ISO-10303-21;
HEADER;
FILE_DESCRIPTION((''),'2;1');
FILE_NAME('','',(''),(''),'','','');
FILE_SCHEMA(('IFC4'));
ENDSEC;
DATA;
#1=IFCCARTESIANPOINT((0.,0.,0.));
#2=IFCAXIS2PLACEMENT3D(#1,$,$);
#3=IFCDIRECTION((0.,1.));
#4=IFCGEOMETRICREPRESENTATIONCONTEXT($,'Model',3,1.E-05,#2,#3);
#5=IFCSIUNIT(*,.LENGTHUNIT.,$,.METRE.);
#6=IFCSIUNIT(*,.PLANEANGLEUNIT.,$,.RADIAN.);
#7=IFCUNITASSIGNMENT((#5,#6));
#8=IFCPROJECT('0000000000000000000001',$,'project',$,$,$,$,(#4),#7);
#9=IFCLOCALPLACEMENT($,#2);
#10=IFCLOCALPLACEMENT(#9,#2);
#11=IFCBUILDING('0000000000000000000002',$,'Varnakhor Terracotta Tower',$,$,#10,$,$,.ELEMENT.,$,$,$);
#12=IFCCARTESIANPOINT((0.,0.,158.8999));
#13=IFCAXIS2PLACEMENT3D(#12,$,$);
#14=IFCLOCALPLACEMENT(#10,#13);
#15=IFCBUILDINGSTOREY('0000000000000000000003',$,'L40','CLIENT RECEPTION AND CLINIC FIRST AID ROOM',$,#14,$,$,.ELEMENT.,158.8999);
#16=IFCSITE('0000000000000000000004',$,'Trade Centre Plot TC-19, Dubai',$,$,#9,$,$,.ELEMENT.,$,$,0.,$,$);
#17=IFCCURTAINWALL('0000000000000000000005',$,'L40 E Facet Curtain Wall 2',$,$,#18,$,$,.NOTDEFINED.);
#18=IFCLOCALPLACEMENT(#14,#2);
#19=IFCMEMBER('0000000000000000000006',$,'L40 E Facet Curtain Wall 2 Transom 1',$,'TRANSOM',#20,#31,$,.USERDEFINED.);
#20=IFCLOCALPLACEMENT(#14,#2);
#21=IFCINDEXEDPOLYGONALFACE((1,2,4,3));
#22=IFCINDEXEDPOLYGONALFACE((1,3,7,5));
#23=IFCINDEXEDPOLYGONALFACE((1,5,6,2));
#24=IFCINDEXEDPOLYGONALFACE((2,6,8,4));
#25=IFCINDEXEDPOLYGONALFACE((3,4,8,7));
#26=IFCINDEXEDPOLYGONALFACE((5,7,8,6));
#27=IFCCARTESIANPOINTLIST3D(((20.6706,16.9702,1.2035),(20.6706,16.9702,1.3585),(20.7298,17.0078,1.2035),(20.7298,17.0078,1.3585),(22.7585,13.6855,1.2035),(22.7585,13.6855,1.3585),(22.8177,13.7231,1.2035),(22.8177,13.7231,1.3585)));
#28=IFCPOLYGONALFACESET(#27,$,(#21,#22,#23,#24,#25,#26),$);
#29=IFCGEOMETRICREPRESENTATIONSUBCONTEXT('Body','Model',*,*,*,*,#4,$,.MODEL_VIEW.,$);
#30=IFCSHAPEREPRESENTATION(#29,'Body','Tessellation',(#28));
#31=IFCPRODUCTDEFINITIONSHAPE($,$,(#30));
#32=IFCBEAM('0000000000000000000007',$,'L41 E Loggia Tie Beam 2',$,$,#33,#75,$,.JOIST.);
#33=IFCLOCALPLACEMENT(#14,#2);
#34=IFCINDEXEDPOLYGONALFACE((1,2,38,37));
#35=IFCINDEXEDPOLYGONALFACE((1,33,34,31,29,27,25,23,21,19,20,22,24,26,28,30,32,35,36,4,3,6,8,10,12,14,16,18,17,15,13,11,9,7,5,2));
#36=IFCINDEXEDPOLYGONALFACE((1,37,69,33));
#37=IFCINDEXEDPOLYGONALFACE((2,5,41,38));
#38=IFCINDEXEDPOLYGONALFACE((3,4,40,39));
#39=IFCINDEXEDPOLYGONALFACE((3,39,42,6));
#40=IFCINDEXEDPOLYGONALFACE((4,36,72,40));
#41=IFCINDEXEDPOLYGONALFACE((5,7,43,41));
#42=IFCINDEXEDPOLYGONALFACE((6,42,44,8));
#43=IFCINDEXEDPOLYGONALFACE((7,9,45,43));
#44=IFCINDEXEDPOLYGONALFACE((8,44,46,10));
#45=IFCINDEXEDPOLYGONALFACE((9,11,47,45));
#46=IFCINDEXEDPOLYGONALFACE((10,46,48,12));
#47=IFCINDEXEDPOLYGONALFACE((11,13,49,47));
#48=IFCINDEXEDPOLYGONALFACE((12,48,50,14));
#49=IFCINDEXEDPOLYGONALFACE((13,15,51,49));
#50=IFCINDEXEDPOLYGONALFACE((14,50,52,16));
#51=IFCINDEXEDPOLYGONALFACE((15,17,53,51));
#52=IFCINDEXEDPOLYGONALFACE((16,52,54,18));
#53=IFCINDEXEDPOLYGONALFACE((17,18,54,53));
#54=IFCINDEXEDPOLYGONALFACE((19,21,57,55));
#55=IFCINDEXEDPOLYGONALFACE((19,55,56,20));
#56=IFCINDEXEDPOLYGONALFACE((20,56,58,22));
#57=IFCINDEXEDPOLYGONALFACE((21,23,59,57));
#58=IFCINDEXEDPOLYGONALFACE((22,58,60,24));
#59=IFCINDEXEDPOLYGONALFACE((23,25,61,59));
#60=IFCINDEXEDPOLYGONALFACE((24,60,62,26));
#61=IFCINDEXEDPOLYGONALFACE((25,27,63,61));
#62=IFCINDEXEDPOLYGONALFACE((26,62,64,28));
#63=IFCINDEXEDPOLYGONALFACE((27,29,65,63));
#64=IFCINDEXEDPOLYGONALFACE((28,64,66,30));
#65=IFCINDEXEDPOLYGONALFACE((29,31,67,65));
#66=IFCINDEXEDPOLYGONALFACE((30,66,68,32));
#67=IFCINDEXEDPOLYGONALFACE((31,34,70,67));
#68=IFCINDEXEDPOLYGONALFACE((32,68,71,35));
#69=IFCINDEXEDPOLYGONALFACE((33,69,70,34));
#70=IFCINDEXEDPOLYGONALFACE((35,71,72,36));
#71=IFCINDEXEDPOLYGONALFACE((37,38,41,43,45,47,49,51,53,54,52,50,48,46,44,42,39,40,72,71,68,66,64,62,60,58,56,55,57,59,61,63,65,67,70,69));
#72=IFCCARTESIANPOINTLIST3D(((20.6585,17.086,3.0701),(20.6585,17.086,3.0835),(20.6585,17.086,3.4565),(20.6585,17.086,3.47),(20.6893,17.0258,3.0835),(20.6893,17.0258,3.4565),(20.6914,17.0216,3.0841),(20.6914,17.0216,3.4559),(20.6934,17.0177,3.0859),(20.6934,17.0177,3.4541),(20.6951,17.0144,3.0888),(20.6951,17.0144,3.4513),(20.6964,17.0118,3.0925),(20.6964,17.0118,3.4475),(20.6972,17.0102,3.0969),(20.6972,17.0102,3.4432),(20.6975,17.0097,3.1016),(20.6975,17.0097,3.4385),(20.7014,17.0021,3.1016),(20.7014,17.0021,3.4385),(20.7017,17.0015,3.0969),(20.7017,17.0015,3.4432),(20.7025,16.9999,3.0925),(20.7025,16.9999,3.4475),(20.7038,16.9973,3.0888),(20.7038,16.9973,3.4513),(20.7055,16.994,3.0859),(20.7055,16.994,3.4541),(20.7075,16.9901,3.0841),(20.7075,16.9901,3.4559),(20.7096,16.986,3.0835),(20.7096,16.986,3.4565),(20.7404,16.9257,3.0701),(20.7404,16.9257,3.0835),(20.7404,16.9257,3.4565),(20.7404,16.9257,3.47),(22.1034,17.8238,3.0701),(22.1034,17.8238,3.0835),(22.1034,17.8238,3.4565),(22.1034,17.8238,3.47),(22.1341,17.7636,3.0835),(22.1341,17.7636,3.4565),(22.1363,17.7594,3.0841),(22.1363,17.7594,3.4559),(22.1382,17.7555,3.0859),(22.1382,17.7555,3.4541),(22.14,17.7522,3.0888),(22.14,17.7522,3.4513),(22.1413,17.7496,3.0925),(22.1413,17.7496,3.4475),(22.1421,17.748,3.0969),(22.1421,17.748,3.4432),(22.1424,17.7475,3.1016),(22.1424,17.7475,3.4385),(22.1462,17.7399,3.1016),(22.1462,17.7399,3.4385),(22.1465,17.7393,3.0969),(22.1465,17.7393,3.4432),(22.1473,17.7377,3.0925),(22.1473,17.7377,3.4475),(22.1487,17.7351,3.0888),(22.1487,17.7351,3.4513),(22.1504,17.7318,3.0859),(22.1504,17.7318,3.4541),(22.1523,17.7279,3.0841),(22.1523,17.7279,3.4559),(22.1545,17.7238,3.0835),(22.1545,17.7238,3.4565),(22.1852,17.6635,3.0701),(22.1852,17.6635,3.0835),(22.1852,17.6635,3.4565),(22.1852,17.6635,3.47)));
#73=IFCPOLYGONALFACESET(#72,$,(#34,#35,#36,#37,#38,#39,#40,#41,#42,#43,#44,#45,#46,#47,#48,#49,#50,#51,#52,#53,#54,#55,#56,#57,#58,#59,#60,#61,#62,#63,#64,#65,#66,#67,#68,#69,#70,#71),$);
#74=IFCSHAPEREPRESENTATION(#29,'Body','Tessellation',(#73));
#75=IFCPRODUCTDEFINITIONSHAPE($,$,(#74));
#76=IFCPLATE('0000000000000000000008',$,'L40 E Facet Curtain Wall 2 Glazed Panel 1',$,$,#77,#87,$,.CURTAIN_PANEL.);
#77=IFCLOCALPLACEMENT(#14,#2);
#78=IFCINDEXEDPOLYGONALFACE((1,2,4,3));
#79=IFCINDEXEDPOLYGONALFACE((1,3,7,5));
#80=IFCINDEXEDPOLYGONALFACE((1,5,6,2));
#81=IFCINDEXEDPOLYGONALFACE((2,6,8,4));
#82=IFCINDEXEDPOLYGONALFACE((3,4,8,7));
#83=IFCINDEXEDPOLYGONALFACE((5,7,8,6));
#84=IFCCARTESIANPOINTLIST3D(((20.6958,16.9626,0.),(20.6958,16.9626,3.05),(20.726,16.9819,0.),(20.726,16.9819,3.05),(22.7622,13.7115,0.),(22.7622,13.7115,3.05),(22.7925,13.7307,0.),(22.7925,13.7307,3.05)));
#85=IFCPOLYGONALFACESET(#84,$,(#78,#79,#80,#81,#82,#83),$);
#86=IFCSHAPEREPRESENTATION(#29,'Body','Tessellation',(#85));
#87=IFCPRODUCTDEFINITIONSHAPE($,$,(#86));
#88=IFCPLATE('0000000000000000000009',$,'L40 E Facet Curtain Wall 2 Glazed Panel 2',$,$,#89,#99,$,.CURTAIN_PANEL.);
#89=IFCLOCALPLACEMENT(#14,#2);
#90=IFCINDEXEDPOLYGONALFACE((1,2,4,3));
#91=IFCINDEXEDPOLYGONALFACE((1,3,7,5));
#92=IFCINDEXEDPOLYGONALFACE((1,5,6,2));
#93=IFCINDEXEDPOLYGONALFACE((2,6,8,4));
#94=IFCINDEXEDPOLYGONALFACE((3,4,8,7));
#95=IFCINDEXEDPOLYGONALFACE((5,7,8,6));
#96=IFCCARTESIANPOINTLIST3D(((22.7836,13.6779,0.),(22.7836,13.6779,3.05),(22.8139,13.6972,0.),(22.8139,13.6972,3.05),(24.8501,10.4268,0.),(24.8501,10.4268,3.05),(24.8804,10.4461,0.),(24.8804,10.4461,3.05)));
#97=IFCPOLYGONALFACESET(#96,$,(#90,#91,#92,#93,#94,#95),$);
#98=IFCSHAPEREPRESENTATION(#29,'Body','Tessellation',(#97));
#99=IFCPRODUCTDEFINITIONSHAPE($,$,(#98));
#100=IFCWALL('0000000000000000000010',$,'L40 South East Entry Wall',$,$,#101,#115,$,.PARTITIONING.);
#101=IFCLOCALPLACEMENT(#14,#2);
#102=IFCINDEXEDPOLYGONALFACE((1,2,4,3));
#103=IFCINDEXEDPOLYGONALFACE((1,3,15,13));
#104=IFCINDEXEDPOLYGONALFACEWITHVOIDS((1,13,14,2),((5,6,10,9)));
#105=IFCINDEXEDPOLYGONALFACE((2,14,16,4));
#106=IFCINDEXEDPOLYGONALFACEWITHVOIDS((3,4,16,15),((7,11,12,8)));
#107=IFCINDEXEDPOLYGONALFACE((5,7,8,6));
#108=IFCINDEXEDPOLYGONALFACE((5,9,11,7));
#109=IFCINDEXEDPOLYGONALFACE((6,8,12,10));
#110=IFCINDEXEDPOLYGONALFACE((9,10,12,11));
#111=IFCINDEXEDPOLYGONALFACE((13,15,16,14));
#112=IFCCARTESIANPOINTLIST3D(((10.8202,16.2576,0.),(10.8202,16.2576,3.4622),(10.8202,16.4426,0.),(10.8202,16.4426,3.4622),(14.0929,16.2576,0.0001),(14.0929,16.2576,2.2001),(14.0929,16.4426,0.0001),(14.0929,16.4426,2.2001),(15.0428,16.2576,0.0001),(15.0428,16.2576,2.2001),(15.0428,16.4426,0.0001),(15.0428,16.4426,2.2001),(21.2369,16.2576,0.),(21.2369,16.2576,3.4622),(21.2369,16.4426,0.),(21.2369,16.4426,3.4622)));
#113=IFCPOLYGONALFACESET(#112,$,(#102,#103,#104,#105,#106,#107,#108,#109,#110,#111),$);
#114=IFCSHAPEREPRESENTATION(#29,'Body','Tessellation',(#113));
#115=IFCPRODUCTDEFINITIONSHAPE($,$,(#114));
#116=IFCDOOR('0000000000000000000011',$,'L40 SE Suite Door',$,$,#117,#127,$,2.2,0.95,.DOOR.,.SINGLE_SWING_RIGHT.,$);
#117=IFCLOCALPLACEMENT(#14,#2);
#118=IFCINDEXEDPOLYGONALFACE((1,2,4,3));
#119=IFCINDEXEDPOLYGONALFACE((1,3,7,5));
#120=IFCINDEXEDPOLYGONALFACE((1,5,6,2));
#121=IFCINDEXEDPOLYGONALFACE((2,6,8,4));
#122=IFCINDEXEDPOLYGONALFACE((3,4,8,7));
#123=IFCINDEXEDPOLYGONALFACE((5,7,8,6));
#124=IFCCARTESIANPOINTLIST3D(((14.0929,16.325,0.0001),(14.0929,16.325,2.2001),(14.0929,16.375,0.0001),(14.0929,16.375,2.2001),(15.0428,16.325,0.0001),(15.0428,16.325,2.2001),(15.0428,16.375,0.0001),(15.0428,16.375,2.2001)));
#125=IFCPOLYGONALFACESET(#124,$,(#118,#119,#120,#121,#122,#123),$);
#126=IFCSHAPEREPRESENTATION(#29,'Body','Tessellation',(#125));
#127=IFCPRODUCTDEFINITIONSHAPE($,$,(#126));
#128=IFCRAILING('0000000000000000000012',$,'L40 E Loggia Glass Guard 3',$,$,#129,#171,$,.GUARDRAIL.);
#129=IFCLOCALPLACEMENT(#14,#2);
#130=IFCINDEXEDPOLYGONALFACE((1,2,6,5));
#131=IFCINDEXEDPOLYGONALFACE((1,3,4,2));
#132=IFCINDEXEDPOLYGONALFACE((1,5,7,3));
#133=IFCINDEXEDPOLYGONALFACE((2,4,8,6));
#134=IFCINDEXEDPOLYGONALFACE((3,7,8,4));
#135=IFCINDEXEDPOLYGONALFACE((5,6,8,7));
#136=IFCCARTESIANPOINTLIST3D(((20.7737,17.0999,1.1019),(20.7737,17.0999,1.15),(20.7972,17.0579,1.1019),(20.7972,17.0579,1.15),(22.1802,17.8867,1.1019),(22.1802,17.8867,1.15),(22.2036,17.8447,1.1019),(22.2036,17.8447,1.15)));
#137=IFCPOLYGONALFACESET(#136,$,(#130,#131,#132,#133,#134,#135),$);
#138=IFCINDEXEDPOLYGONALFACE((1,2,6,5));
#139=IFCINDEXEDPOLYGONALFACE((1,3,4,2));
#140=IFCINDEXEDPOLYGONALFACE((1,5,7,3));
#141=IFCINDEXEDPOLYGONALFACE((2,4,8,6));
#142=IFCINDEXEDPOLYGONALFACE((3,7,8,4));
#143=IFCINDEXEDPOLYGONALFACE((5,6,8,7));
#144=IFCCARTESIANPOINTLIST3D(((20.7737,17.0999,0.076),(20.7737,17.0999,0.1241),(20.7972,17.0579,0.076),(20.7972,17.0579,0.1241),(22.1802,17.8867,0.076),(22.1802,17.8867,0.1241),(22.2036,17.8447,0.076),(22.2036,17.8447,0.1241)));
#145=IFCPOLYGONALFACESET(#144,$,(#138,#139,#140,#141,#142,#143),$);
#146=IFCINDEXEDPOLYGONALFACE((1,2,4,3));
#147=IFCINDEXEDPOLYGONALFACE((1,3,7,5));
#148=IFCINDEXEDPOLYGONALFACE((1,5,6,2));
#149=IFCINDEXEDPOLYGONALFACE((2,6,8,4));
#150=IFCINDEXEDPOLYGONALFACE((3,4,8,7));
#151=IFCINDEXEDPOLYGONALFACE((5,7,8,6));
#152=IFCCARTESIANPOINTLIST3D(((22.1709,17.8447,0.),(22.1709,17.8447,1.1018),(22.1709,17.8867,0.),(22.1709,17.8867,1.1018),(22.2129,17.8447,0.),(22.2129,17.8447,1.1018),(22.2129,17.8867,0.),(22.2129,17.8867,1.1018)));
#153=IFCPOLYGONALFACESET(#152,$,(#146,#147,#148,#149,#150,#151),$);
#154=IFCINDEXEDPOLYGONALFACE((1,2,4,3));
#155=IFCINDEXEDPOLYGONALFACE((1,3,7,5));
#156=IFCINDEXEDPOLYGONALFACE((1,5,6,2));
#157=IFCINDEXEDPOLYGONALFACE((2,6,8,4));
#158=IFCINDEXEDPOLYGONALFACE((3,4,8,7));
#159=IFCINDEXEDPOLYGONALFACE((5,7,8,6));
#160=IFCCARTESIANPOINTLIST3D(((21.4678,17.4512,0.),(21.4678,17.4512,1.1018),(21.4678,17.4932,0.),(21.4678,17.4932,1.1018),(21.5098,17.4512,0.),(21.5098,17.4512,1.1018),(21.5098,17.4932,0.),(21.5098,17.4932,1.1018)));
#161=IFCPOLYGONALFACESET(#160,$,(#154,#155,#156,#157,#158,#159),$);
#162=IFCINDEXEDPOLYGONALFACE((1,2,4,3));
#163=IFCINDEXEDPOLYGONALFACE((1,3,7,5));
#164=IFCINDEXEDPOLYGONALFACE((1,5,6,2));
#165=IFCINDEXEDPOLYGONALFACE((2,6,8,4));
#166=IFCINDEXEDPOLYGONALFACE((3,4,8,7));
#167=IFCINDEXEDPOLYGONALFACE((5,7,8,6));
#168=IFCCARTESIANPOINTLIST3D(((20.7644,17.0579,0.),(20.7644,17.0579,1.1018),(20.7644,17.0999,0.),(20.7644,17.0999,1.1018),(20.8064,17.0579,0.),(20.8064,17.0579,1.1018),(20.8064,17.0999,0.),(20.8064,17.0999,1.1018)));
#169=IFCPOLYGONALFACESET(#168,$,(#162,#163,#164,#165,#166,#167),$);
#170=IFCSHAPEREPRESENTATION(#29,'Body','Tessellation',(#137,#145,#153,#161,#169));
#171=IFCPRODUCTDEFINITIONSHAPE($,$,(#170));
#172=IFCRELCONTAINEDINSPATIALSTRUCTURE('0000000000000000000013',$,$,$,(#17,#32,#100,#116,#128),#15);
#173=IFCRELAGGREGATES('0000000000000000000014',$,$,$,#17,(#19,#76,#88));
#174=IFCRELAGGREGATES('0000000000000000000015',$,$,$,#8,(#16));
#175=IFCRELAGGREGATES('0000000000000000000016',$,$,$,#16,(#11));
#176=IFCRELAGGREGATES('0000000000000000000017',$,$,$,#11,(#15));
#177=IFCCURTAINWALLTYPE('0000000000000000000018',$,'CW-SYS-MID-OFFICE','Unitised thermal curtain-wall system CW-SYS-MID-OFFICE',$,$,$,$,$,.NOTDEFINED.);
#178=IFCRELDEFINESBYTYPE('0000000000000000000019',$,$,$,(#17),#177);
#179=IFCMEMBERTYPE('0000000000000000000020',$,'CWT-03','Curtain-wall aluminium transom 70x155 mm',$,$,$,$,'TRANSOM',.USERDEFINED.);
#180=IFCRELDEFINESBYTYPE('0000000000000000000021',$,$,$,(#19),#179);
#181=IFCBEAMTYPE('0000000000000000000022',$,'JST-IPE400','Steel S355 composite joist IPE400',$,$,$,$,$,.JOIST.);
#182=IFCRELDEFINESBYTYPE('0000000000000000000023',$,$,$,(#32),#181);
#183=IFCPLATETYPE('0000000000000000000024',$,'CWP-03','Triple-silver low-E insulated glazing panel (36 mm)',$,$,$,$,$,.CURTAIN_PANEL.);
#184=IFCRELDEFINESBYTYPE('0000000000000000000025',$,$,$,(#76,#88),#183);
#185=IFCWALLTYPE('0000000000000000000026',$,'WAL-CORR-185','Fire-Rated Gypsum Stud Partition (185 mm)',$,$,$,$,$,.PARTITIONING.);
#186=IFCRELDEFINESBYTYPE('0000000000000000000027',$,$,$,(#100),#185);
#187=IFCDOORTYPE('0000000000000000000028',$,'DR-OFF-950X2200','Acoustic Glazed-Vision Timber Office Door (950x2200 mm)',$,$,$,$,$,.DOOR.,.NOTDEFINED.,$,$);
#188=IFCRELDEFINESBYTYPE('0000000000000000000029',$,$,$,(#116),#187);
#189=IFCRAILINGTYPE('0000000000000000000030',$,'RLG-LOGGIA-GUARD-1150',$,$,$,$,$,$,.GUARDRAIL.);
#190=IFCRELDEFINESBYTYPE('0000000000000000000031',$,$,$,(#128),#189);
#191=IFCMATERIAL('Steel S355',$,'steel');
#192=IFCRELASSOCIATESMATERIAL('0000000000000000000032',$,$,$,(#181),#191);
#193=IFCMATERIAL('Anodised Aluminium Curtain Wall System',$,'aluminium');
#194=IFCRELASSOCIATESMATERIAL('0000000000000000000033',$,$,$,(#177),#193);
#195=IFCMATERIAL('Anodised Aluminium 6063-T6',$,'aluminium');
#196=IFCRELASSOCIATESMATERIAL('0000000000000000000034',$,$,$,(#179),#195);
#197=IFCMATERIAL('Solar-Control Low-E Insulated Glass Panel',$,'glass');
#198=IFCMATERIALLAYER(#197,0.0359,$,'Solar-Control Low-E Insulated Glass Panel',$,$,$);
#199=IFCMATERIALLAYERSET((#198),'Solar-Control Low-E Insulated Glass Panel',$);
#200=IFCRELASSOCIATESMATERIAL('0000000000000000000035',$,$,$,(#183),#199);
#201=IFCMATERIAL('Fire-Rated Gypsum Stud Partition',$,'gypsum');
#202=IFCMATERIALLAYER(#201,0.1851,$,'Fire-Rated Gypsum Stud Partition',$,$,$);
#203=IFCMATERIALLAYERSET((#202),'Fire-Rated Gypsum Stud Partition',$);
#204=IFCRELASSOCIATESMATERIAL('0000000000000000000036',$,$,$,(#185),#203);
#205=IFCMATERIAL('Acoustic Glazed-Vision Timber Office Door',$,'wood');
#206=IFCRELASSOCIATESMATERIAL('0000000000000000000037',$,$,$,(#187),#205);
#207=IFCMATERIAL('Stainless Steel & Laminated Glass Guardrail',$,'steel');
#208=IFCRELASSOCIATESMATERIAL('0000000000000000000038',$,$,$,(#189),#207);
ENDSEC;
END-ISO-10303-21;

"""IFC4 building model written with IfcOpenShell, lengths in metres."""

from ifc_helpers import new_model, si_unit, direction, frame, frame_2d, origin, origin_2d, place, context, subcontext, project, spatial, rectangle, i_section, extrude, source, transform, mapped, material, layer, layer_set, material_profile, profile_set, type_object, type_shapes, element, fill, aggregate, save


model = new_model("IFC4")

# Units and contexts
model_context = context("Model", 3, precision=1e-05, world=origin(), true_north=direction((0.0, 1.0)))
body_context = subcontext(model_context, "Body", "Model", "MODEL_VIEW")
ifc_project = project(units=[si_unit("LENGTHUNIT", "METRE"), si_unit("PLANEANGLEUNIT", "RADIAN")], contexts=[model_context])

# Site, building, storey
site_placement = place(None, origin())
site = spatial("IfcSite", under=ifc_project, at=site_placement, Name="Trade Centre Plot TC-19, Dubai", CompositionType="ELEMENT", RefElevation=0.0)
building_placement = place(site_placement, origin())
building = spatial("IfcBuilding", under=site, at=building_placement, Name="Varnakhor Terracotta Tower", CompositionType="ELEMENT")
storey_placement = place(building_placement, frame((0.0, 0.0, 158.8999)))
storey = spatial("IfcBuildingStorey", under=building, at=storey_placement, Name="L40", Description="CLIENT RECEPTION AND CLINIC FIRST AID ROOM", CompositionType="ELEMENT", Elevation=158.8999)

# Shared definitions
ifc_material_1 = material(Name="Steel S355", Category="steel")
ifc_material_profile_1 = material_profile(ifc_material_1, i_section(OverallWidth=0.1799, OverallDepth=0.3999, WebThickness=0.0085, FlangeThickness=0.0134, FilletRadius=0.0181, at=origin_2d()), Name="IPE400")
ifc_profile_set_1 = profile_set([ifc_material_profile_1], Name="Steel S355")
beam_type_1 = type_object("IfcBeamType", Name="JST-IPE400", Description="Steel S355 composite joist IPE400", PredefinedType="JOIST", material=ifc_profile_set_1)

# Curtain wall, member
ifc_material_2 = material(Name="Anodised Aluminium Curtain Wall System", Category="aluminium")
curtain_wall_type = type_object("IfcCurtainWallType", Name="CW-SYS-MID-OFFICE", Description="Unitised thermal curtain-wall system CW-SYS-MID-OFFICE", PredefinedType="NOTDEFINED", material=ifc_material_2)
curtain_wall_placement = place(storey_placement, origin())
curtain_wall = element("IfcCurtainWall", 1, at=curtain_wall_placement, inside=storey, type_object=curtain_wall_type, Name="L40 E Facet Curtain Wall 2", PredefinedType="NOTDEFINED")
ifc_material_3 = material(Name="Anodised Aluminium 6063-T6", Category="aluminium")
ifc_material_profile_2 = material_profile(ifc_material_3, rectangle(XDim=0.0701, YDim=0.155, at=origin_2d()), Name="ALU TRANSOM 70x155")
ifc_profile_set_2 = profile_set([ifc_material_profile_2], Name="Anodised Aluminium 6063-T6")
member_type_1 = type_object("IfcMemberType", Name="CWT-03", Description="Curtain-wall aluminium transom 70x155 mm", ElementType="TRANSOM", PredefinedType="USERDEFINED", material=ifc_profile_set_2)
shared_shape_1 = source(origin(), body_context, "Body", "SweptSolid", [
    extrude(rectangle(XDim=0.0701, YDim=0.155, at=origin_2d()), origin(), (0.0, 0.0, 1.0), 3.8921),
])
member_1_placement = place(storey_placement, frame((20.7002, 16.989, 1.281), z_axis=(0.536445, -0.843935, 0.0), x_axis=(0.843935, 0.536445, 0.0)))
member_1 = element("IfcMember", 2, at=member_1_placement, type_object=member_type_1, Name="L40 E Facet Curtain Wall 2 Transom 1", ObjectType="TRANSOM", PredefinedType="USERDEFINED", context=body_context, shape_type="MappedRepresentation", body=[
    mapped(shared_shape_1, transform((0.0, 0.0, 0.0), scale=1.0)),
])

# Beam
shared_shape_2 = source(origin(), body_context, "Body", "SweptSolid", [
    extrude(i_section(OverallWidth=0.1799, OverallDepth=0.3999, WebThickness=0.0085, FlangeThickness=0.0134, FilletRadius=0.0181, at=origin_2d()), origin(), (0.0, 0.0, 1.0), 1.6223),
])
beam_1_placement = place(storey_placement, frame((20.6995, 17.0059, 3.27), z_axis=(0.890603, 0.454782, 0.0), x_axis=(-0.454782, 0.890603, 0.0)))
element("IfcBeam", 3, at=beam_1_placement, inside=storey, type_object=beam_type_1, Name="L41 E Loggia Tie Beam 2", PredefinedType="JOIST", context=body_context, shape_type="MappedRepresentation", body=[
    mapped(shared_shape_2, transform((0.0, 0.0, 0.0), scale=1.0)),
])

# Plates
ifc_material_4 = material(Name="Solar-Control Low-E Insulated Glass Panel", Category="glass")
ifc_layer_1 = layer(ifc_material_4, 0.0359, Name="Solar-Control Low-E Insulated Glass Panel")
ifc_layer_set_1 = layer_set([ifc_layer_1], Name="Solar-Control Low-E Insulated Glass Panel")
plate_type = type_object("IfcPlateType", Name="CWP-03", Description="Triple-silver low-E insulated glazing panel (36 mm)", PredefinedType="CURTAIN_PANEL", material=ifc_layer_set_1)
shared_shape_3 = source(origin(), body_context, "Body", "SweptSolid", [
    extrude(rectangle(XDim=3.8523, YDim=0.0359, at=origin_2d()), origin(), (0.0, 0.0, 1.0), 3.05),
])
plate_1_placement = place(storey_placement, frame((21.7441, 15.3467, 0.0), z_axis=(0.0, 0.0, 1.0), x_axis=(0.536431, -0.843944, 0.0)))
plate_1 = element("IfcPlate", 4, at=plate_1_placement, type_object=plate_type, Name="L40 E Facet Curtain Wall 2 Glazed Panel 1", PredefinedType="CURTAIN_PANEL", context=body_context, shape_type="MappedRepresentation", body=[
    mapped(shared_shape_3, transform((0.0, 0.0, 0.0), scale=1.0)),
])
plate_2_placement = place(storey_placement, frame((23.832, 12.062, 0.0), z_axis=(0.0, 0.0, 1.0), x_axis=(0.536431, -0.843944, 0.0)))
plate_2 = element("IfcPlate", 5, at=plate_2_placement, type_object=plate_type, Name="L40 E Facet Curtain Wall 2 Glazed Panel 2", PredefinedType="CURTAIN_PANEL", context=body_context, shape_type="MappedRepresentation", body=[
    mapped(shared_shape_3, transform((0.0, 0.0, 0.0), scale=1.0)),
])
aggregate(curtain_wall, [member_1, plate_1, plate_2])

# Wall, opening, door
ifc_material_5 = material(Name="Fire-Rated Gypsum Stud Partition", Category="gypsum")
ifc_layer_2 = layer(ifc_material_5, 0.1851, Name="Fire-Rated Gypsum Stud Partition")
ifc_layer_set_2 = layer_set([ifc_layer_2], Name="Fire-Rated Gypsum Stud Partition")
wall_type = type_object("IfcWallType", Name="WAL-CORR-185", Description="Fire-Rated Gypsum Stud Partition (185 mm)", PredefinedType="PARTITIONING", material=ifc_layer_set_2)
wall_placement = place(storey_placement, frame((10.8201, 16.3501, 0.0), z_axis=(0.0, 0.0, 1.0), x_axis=(1.0, 0.0, 0.0)))
wall = element("IfcWall", 6, at=wall_placement, inside=storey, type_object=wall_type, Name="L40 South East Entry Wall", PredefinedType="PARTITIONING", context=body_context, shape_type="SweptSolid", body=[
    extrude(rectangle(XDim=10.4167, YDim=0.1851, at=frame_2d((5.2085, 0.0))), origin(), (0.0, 0.0, 1.0), 3.4622),
])
opening_placement = place(wall_placement, frame((3.2727, 0.0, 0.0)))
opening = element("IfcOpeningElement", 7, at=opening_placement, cuts=wall, PredefinedType="OPENING", context=body_context, shape_type="SweptSolid", body=[
    extrude(rectangle(XDim=0.95, YDim=2.2, at=frame_2d((0.4751, 1.1001))), frame((0.0, 0.1025, 0.0), z_axis=(0.0, -1.0, 0.0), x_axis=(1.0, 0.0, 0.0)), (0.0, 0.0, 1.0), 0.2051),
])
ifc_material_6 = material(Name="Acoustic Glazed-Vision Timber Office Door", Category="wood")
door_type = type_object("IfcDoorType", Name="DR-OFF-950X2200", Description="Acoustic Glazed-Vision Timber Office Door (950x2200 mm)", OperationType="NOTDEFINED", PredefinedType="DOOR", material=ifc_material_6)
shared_shape_4 = source(origin(), body_context, "Body", "SweptSolid", [
    extrude(rectangle(XDim=0.95, YDim=2.2, at=frame_2d((0.4751, 1.1001))), frame((0.0, 0.0249, 0.0), z_axis=(0.0, -1.0, 0.0), x_axis=(1.0, 0.0, 0.0)), (0.0, 0.0, 1.0), 0.05),
])
type_shapes(door_type, [shared_shape_4])
door_placement = place(opening_placement, origin())
door = element("IfcDoor", 8, at=door_placement, inside=storey, type_object=door_type, Name="L40 SE Suite Door", OperationType="SINGLE_SWING_RIGHT", OverallHeight=2.2, OverallWidth=0.95, PredefinedType="DOOR", context=body_context, shape_type="MappedRepresentation", body=[
    mapped(shared_shape_4, transform((0.0, 0.0, 0.0), scale=1.0)),
])
fill(opening, door)

# Railing
ifc_material_7 = material(Name="Stainless Steel & Laminated Glass Guardrail", Category="steel")
railing_type = type_object("IfcRailingType", Name="RLG-LOGGIA-GUARD-1150", PredefinedType="GUARDRAIL", material=ifc_material_7)
railing_placement = place(storey_placement, frame((22.1919, 17.8657, 0.0)))
element("IfcRailing", 9, at=railing_placement, inside=storey, type_object=railing_type, Name="L40 E Loggia Glass Guard 3", PredefinedType="GUARDRAIL", context=body_context, shape_type="SweptSolid", body=[
    extrude(rectangle(XDim=0.0481, YDim=0.0481, at=origin_2d()), frame((0.0, 0.0, 1.126), z_axis=(-0.87271, -0.488239, 0.0), x_axis=(0.488239, -0.87271, 0.0)), (0.0, 0.0, 1.0), 1.6116),
    extrude(rectangle(XDim=0.0481, YDim=0.0481, at=origin_2d()), frame((0.0, 0.0, 0.1001), z_axis=(-0.87271, -0.488239, 0.0), x_axis=(0.488239, -0.87271, 0.0)), (0.0, 0.0, 1.0), 1.6116),
    extrude(rectangle(XDim=0.042, YDim=0.042, at=origin_2d()), origin(), (0.0, 0.0, 1.0), 1.1018),
    extrude(rectangle(XDim=0.042, YDim=0.042, at=origin_2d()), frame((-0.7031, -0.3936, 0.0)), (0.0, 0.0, 1.0), 1.1018),
    extrude(rectangle(XDim=0.042, YDim=0.042, at=origin_2d()), frame((-1.4065, -0.7869, 0.0)), (0.0, 0.0, 1.0), 1.1018),
])

save(model, "model.ifc")
